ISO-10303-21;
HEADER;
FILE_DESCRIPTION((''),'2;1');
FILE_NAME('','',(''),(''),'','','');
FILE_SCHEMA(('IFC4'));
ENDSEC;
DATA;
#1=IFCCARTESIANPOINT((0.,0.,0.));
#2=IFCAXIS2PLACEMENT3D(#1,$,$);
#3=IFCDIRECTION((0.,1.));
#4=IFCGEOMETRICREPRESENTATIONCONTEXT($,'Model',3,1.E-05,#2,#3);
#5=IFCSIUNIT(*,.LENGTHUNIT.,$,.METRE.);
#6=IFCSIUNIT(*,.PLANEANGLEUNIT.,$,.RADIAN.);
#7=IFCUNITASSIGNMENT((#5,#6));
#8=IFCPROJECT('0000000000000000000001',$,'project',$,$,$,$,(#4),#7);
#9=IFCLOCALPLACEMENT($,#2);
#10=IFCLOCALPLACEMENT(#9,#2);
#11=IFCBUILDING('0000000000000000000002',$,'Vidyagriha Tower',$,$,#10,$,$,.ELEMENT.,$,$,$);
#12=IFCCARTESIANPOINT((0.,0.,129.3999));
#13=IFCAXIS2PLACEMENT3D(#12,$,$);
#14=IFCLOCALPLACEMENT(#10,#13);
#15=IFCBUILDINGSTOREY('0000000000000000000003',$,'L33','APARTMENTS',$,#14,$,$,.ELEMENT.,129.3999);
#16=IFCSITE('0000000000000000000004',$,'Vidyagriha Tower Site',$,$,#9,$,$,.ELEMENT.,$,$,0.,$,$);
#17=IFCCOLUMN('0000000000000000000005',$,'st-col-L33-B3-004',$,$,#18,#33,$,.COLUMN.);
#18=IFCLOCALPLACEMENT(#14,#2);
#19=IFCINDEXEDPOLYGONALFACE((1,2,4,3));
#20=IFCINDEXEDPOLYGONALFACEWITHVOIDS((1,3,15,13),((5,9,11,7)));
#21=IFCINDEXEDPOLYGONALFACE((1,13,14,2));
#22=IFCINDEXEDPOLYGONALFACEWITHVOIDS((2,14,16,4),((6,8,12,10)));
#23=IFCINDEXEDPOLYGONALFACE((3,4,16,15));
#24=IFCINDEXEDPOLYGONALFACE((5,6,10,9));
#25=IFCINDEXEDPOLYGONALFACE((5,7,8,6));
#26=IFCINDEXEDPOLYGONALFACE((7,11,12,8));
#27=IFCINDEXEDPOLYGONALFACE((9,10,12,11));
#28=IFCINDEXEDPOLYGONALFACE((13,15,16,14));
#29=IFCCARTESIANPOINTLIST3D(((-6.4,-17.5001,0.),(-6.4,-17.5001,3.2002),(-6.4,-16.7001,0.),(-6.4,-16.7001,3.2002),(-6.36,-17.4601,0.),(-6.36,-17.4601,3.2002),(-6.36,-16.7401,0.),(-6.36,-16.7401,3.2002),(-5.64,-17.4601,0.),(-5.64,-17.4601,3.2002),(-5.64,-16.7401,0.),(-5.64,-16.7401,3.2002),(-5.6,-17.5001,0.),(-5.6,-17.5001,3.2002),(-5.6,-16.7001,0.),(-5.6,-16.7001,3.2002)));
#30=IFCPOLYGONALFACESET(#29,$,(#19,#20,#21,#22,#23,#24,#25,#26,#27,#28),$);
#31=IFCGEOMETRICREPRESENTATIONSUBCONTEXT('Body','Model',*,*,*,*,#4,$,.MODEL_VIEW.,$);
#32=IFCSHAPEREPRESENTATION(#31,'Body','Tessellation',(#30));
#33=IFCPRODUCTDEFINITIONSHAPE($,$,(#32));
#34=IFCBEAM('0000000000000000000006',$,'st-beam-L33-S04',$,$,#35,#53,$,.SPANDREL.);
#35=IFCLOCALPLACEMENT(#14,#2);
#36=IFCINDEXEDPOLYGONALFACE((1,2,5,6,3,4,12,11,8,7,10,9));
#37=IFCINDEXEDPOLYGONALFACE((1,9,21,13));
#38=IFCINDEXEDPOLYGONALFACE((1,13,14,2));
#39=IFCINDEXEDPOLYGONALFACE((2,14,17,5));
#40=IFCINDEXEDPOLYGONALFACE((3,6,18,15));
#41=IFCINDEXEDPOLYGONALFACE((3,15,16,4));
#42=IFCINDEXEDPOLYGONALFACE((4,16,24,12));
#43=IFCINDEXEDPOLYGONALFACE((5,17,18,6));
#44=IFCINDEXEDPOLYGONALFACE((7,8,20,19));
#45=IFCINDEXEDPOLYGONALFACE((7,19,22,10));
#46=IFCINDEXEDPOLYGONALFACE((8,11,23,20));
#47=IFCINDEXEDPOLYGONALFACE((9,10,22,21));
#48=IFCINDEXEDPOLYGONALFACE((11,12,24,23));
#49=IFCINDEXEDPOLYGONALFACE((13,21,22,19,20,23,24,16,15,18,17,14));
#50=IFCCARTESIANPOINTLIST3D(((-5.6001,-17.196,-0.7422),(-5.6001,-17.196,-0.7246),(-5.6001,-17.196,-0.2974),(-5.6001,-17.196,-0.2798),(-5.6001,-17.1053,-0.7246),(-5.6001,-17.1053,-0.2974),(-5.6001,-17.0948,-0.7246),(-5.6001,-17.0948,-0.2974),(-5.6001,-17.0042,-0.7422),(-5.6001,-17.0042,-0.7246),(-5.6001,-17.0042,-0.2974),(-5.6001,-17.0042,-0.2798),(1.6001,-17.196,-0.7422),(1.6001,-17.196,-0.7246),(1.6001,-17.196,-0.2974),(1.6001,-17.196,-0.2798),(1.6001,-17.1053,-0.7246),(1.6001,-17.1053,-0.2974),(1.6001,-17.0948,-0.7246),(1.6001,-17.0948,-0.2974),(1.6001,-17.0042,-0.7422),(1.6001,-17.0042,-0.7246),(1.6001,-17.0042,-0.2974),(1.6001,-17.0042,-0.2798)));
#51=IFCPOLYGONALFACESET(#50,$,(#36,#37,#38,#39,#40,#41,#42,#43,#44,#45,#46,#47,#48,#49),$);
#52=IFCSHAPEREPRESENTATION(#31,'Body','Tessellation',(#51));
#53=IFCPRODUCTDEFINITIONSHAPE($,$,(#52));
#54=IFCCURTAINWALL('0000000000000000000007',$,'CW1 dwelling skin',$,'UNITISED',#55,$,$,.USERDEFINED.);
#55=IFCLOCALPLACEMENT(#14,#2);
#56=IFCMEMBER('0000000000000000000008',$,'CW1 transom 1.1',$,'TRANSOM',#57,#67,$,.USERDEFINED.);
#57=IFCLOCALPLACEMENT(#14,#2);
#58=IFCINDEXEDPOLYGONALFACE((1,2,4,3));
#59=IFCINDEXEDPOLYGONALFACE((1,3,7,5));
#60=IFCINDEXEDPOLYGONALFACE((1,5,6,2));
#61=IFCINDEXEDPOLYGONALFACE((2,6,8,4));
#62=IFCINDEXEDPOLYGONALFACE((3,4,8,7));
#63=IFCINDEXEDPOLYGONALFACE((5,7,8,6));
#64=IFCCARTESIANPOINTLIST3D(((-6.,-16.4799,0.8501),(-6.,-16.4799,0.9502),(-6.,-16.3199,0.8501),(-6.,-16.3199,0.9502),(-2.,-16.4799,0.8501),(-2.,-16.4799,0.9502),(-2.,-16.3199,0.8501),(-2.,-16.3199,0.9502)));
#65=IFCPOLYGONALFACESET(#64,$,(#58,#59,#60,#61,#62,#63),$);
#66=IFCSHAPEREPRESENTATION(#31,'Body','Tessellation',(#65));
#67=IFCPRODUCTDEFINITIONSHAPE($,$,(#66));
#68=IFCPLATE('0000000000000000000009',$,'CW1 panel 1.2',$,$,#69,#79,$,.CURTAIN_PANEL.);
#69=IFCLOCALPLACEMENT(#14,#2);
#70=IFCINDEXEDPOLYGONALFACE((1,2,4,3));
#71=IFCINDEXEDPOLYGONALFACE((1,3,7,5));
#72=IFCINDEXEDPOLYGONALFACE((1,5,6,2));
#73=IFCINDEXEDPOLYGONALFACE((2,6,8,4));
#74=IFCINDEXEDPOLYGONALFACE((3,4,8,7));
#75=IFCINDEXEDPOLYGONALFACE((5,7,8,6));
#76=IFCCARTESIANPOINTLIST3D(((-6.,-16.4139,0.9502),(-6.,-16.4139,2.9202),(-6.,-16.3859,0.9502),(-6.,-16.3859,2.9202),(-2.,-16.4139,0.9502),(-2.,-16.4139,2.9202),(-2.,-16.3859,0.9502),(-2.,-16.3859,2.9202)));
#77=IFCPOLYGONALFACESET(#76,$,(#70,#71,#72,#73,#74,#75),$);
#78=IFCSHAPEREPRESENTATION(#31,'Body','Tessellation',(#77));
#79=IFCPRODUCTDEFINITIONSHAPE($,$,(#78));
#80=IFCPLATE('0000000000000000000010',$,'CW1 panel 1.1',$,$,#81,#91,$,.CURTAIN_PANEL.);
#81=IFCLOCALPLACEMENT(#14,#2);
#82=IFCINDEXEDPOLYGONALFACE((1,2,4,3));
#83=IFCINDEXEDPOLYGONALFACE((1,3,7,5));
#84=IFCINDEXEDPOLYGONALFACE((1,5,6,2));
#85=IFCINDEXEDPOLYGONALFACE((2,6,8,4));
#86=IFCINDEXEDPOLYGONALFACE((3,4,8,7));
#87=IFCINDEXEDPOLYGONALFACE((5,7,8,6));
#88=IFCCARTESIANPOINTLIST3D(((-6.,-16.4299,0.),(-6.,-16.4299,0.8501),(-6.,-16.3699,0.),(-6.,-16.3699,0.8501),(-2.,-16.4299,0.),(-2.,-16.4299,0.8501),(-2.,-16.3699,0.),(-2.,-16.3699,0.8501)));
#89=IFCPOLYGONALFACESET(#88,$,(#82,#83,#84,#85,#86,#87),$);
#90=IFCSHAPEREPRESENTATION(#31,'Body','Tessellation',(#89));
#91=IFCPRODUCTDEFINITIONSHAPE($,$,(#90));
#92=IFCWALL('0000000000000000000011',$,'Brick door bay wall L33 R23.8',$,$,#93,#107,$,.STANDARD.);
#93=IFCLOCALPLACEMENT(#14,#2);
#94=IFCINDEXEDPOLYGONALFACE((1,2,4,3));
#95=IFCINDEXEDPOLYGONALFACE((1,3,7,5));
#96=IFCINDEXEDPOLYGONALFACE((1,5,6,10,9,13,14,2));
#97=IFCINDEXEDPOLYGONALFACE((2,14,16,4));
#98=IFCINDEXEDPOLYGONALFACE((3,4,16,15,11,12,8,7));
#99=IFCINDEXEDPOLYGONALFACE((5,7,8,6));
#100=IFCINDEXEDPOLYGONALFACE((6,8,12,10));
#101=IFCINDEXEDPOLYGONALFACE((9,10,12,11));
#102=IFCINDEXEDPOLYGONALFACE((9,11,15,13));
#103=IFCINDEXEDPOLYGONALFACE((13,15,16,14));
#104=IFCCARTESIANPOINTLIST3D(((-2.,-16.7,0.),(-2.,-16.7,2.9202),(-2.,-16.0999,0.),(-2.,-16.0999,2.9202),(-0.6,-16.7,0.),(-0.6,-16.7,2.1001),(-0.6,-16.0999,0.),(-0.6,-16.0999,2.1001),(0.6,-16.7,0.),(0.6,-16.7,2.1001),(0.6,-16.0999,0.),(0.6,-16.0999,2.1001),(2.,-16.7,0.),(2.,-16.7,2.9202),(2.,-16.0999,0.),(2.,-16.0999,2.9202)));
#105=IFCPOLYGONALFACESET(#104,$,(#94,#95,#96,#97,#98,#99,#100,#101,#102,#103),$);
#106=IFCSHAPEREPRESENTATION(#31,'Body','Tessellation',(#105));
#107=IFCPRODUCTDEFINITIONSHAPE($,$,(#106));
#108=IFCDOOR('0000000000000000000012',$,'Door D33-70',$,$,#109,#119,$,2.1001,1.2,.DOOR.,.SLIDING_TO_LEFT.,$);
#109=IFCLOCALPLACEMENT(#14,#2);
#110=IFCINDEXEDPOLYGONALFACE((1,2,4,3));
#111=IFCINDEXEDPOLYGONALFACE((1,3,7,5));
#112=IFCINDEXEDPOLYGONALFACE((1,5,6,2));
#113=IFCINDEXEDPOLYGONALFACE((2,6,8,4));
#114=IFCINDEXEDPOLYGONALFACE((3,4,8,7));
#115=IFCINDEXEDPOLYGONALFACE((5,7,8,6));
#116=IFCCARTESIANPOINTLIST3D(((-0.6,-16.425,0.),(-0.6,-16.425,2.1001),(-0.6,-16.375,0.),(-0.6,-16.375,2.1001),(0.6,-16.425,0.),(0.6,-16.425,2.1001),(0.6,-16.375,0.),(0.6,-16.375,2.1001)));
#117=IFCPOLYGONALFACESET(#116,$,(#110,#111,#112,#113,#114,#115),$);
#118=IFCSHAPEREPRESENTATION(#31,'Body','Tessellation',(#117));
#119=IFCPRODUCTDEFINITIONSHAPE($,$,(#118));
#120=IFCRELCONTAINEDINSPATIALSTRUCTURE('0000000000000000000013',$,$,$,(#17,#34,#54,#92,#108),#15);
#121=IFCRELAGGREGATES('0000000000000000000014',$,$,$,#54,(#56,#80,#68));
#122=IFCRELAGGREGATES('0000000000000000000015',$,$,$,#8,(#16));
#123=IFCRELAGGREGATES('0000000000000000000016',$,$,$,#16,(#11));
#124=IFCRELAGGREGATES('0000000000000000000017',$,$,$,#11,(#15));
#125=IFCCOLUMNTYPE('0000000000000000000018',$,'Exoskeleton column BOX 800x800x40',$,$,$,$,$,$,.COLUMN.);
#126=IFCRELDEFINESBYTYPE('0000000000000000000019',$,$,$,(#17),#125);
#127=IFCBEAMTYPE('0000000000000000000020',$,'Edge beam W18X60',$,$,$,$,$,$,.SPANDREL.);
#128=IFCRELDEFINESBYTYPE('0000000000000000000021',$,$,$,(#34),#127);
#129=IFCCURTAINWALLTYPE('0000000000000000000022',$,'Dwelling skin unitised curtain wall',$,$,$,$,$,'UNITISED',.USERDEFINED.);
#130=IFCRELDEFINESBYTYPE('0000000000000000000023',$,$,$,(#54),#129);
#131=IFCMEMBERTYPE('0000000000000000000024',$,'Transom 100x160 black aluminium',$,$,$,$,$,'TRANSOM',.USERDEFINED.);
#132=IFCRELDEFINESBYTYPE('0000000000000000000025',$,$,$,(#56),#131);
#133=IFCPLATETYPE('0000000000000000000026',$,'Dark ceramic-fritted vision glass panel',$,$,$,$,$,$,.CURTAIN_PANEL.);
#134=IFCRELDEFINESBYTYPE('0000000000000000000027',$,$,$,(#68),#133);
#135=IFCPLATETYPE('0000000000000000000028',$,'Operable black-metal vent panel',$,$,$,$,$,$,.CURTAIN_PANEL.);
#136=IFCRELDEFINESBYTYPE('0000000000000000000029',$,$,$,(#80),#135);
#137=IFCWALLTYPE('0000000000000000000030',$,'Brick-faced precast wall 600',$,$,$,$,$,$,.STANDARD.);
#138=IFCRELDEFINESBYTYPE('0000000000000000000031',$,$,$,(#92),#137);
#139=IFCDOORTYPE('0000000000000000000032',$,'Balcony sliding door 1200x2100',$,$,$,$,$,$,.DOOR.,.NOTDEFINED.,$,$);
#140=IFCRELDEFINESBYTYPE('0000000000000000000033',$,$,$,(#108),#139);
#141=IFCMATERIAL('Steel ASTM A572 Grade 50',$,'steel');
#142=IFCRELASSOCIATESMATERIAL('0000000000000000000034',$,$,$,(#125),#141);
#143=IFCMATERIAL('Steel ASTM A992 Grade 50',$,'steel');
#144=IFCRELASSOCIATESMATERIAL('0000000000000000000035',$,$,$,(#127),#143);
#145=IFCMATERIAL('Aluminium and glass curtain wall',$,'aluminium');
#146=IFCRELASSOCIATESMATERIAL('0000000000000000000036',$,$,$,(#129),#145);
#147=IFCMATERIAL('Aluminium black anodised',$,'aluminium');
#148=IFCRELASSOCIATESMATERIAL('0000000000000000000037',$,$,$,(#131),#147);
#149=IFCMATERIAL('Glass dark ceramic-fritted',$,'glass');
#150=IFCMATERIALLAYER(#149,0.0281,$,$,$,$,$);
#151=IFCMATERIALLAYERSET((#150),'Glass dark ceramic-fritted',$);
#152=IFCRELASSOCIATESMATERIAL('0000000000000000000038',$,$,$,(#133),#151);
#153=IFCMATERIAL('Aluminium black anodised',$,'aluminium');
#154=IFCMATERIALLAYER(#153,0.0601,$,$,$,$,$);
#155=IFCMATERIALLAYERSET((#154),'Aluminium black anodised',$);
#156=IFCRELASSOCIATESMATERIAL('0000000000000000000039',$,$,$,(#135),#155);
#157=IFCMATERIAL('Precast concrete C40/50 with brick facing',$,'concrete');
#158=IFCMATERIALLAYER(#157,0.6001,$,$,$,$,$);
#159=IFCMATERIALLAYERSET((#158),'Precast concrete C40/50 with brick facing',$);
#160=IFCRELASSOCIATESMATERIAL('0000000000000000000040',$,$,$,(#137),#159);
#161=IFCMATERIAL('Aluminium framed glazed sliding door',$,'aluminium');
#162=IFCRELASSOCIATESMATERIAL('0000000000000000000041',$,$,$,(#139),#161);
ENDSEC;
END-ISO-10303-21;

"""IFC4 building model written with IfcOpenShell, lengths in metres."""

from ifc_helpers import new_model, si_unit, direction, frame, frame_2d, origin, origin_2d, place, context, subcontext, project, spatial, rectangle, hollow_rectangle, i_section, extrude, material, layer, layer_set, material_profile, profile_set, type_object, element, fill, aggregate, save


model = new_model("IFC4")

# Units and contexts
model_context = context("Model", 3, precision=1e-05, world=origin(), true_north=direction((0.0, 1.0)))
body_context = subcontext(model_context, "Body", "Model", "MODEL_VIEW")
ifc_project = project(units=[si_unit("LENGTHUNIT", "METRE"), si_unit("PLANEANGLEUNIT", "RADIAN")], contexts=[model_context])

# Site, building, storey
site_placement = place(None, origin())
site = spatial("IfcSite", under=ifc_project, at=site_placement, Name="Vidyagriha Tower Site", CompositionType="ELEMENT", RefElevation=0.0)
building_placement = place(site_placement, origin())
building = spatial("IfcBuilding", under=site, at=building_placement, Name="Vidyagriha Tower", CompositionType="ELEMENT")
storey_placement = place(building_placement, frame((0.0, 0.0, 129.3999)))
storey = spatial("IfcBuildingStorey", under=building, at=storey_placement, Name="L33", Description="APARTMENTS", CompositionType="ELEMENT", Elevation=129.3999)

# Column
ifc_material_1 = material(Name="Steel ASTM A572 Grade 50", Category="steel")
ifc_material_profile_1 = material_profile(ifc_material_1, hollow_rectangle(XDim=0.8, YDim=0.8, WallThickness=0.04, at=origin_2d()), Name="BOX 800x800x40")
ifc_profile_set_1 = profile_set([ifc_material_profile_1], Name="Steel ASTM A572 Grade 50")
column_type = type_object("IfcColumnType", Name="Exoskeleton column BOX 800x800x40", PredefinedType="COLUMN", material=ifc_profile_set_1)
column_placement = place(storey_placement, frame((-6.0, -17.1001, 0.0)))
element("IfcColumn", 1, at=column_placement, inside=storey, type_object=column_type, Name="st-col-L33-B3-004", PredefinedType="COLUMN", context=body_context, shape_type="SweptSolid", body=[
    extrude(hollow_rectangle(XDim=0.8, YDim=0.8, WallThickness=0.04, at=origin_2d()), origin(), (0.0, 0.0, 1.0), 3.2002),
])

# Beam
ifc_material_2 = material(Name="Steel ASTM A992 Grade 50", Category="steel")
ifc_material_profile_2 = material_profile(ifc_material_2, i_section(OverallWidth=0.1919, OverallDepth=0.4624, WebThickness=0.0105, FlangeThickness=0.0176, at=origin_2d()), Name="W18X60")
ifc_profile_set_2 = profile_set([ifc_material_profile_2], Name="Steel ASTM A992 Grade 50")
beam_type = type_object("IfcBeamType", Name="Edge beam W18X60", PredefinedType="SPANDREL", material=ifc_profile_set_2)
beam_placement = place(storey_placement, frame((-5.6001, -17.1001, -0.511), z_axis=(1.0, 0.0, 0.0), x_axis=(0.0, 1.0, 0.0)))
element("IfcBeam", 2, at=beam_placement, inside=storey, type_object=beam_type, Name="st-beam-L33-S04", PredefinedType="SPANDREL", context=body_context, shape_type="SweptSolid", body=[
    extrude(i_section(OverallWidth=0.1919, OverallDepth=0.4624, WebThickness=0.0105, FlangeThickness=0.0176, at=origin_2d()), origin(), (0.0, 0.0, 1.0), 7.2002),
])

# Curtain wall, member, plates
ifc_material_3 = material(Name="Aluminium and glass curtain wall", Category="aluminium")
curtain_wall_type = type_object("IfcCurtainWallType", Name="Dwelling skin unitised curtain wall", ElementType="UNITISED", PredefinedType="USERDEFINED", material=ifc_material_3)
curtain_wall_placement = place(storey_placement, origin())
curtain_wall = element("IfcCurtainWall", 3, at=curtain_wall_placement, inside=storey, type_object=curtain_wall_type, Name="CW1 dwelling skin", ObjectType="UNITISED", PredefinedType="USERDEFINED")
ifc_material_4 = material(Name="Aluminium black anodised", Category="aluminium")
ifc_material_profile_3 = material_profile(ifc_material_4, rectangle(XDim=0.1599, YDim=0.1001, at=origin_2d()), Name="Transom 100x160 black aluminium")
ifc_profile_set_3 = profile_set([ifc_material_profile_3], Name="Aluminium black anodised")
member_type = type_object("IfcMemberType", Name="Transom 100x160 black aluminium", ElementType="TRANSOM", PredefinedType="USERDEFINED", material=ifc_profile_set_3)
member_placement = place(storey_placement, frame((-6.0, -16.3999, 0.9001), z_axis=(1.0, 0.0, 0.0), x_axis=(0.0, 1.0, 0.0)))
member = element("IfcMember", 4, at=member_placement, type_object=member_type, Name="CW1 transom 1.1", ObjectType="TRANSOM", PredefinedType="USERDEFINED", context=body_context, shape_type="SweptSolid", body=[
    extrude(rectangle(XDim=0.1599, YDim=0.1001, at=origin_2d()), origin(), (0.0, 0.0, 1.0), 4.0),
])
ifc_material_5 = material(Name="Glass dark ceramic-fritted", Category="glass")
ifc_layer_1 = layer(ifc_material_5, 0.0281)
ifc_layer_set_1 = layer_set([ifc_layer_1], Name="Glass dark ceramic-fritted")
plate_type_1 = type_object("IfcPlateType", Name="Dark ceramic-fritted vision glass panel", PredefinedType="CURTAIN_PANEL", material=ifc_layer_set_1)
plate_1_placement = place(storey_placement, frame((-4.0, -16.3999, 0.9502)))
plate_1 = element("IfcPlate", 5, at=plate_1_placement, type_object=plate_type_1, Name="CW1 panel 1.2", PredefinedType="CURTAIN_PANEL", context=body_context, shape_type="SweptSolid", body=[
    extrude(rectangle(XDim=4.0, YDim=0.0281, at=origin_2d()), origin(), (0.0, 0.0, 1.0), 1.97),
])
ifc_material_6 = material(Name="Aluminium black anodised", Category="aluminium")
ifc_layer_2 = layer(ifc_material_6, 0.0601)
ifc_layer_set_2 = layer_set([ifc_layer_2], Name="Aluminium black anodised")
plate_type_2 = type_object("IfcPlateType", Name="Operable black-metal vent panel", PredefinedType="CURTAIN_PANEL", material=ifc_layer_set_2)
plate_2_placement = place(storey_placement, frame((-4.0, -16.3999, 0.0)))
plate_2 = element("IfcPlate", 6, at=plate_2_placement, type_object=plate_type_2, Name="CW1 panel 1.1", PredefinedType="CURTAIN_PANEL", context=body_context, shape_type="SweptSolid", body=[
    extrude(rectangle(XDim=4.0, YDim=0.0601, at=origin_2d()), origin(), (0.0, 0.0, 1.0), 0.8501),
])
aggregate(curtain_wall, [member, plate_2, plate_1])

# Wall, opening, door
ifc_material_7 = material(Name="Precast concrete C40/50 with brick facing", Category="concrete")
ifc_layer_3 = layer(ifc_material_7, 0.6001)
ifc_layer_set_3 = layer_set([ifc_layer_3], Name="Precast concrete C40/50 with brick facing")
wall_type_1 = type_object("IfcWallType", Name="Brick-faced precast wall 600", PredefinedType="STANDARD", material=ifc_layer_set_3)
wall_1_placement = place(storey_placement, frame((-2.0, -16.3999, 0.0)))
wall_1 = element("IfcWall", 7, at=wall_1_placement, inside=storey, type_object=wall_type_1, Name="Brick door bay wall L33 R23.8", PredefinedType="STANDARD", context=body_context, shape_type="SweptSolid", body=[
    extrude(rectangle(XDim=4.0, YDim=0.6001, at=frame_2d((2.0, 0.0))), origin(), (0.0, 0.0, 1.0), 2.9202),
])
opening_1_placement = place(wall_1_placement, frame((1.3999, 0.0, 0.0)))
opening_1 = element("IfcOpeningElement", 8, at=opening_1_placement, cuts=wall_1, PredefinedType="OPENING", context=body_context, shape_type="SweptSolid", body=[
    extrude(rectangle(XDim=1.2, YDim=2.1001, at=frame_2d((0.6001, 1.05))), frame((0.0, 0.3101, 0.0), z_axis=(0.0, -1.0, 0.0), x_axis=(1.0, 0.0, 0.0)), (0.0, 0.0, 1.0), 0.6201),
])
ifc_material_8 = material(Name="Aluminium framed glazed sliding door", Category="aluminium")
door_type_1 = type_object("IfcDoorType", Name="Balcony sliding door 1200x2100", OperationType="NOTDEFINED", PredefinedType="DOOR", material=ifc_material_8)
door_1_placement = place(opening_1_placement, origin())
door_1 = element("IfcDoor", 9, at=door_1_placement, inside=storey, type_object=door_type_1, Name="Door D33-70", OperationType="SLIDING_TO_LEFT", OverallHeight=2.1001, OverallWidth=1.2, PredefinedType="DOOR", context=body_context, shape_type="SweptSolid", body=[
    extrude(rectangle(XDim=1.2, YDim=2.1001, at=frame_2d((0.6001, 1.05))), frame((0.0, 0.0249, 0.0), z_axis=(0.0, -1.0, 0.0), x_axis=(1.0, 0.0, 0.0)), (0.0, 0.0, 1.0), 0.05),
])
fill(opening_1, door_1)

save(model, "model.ifc")
